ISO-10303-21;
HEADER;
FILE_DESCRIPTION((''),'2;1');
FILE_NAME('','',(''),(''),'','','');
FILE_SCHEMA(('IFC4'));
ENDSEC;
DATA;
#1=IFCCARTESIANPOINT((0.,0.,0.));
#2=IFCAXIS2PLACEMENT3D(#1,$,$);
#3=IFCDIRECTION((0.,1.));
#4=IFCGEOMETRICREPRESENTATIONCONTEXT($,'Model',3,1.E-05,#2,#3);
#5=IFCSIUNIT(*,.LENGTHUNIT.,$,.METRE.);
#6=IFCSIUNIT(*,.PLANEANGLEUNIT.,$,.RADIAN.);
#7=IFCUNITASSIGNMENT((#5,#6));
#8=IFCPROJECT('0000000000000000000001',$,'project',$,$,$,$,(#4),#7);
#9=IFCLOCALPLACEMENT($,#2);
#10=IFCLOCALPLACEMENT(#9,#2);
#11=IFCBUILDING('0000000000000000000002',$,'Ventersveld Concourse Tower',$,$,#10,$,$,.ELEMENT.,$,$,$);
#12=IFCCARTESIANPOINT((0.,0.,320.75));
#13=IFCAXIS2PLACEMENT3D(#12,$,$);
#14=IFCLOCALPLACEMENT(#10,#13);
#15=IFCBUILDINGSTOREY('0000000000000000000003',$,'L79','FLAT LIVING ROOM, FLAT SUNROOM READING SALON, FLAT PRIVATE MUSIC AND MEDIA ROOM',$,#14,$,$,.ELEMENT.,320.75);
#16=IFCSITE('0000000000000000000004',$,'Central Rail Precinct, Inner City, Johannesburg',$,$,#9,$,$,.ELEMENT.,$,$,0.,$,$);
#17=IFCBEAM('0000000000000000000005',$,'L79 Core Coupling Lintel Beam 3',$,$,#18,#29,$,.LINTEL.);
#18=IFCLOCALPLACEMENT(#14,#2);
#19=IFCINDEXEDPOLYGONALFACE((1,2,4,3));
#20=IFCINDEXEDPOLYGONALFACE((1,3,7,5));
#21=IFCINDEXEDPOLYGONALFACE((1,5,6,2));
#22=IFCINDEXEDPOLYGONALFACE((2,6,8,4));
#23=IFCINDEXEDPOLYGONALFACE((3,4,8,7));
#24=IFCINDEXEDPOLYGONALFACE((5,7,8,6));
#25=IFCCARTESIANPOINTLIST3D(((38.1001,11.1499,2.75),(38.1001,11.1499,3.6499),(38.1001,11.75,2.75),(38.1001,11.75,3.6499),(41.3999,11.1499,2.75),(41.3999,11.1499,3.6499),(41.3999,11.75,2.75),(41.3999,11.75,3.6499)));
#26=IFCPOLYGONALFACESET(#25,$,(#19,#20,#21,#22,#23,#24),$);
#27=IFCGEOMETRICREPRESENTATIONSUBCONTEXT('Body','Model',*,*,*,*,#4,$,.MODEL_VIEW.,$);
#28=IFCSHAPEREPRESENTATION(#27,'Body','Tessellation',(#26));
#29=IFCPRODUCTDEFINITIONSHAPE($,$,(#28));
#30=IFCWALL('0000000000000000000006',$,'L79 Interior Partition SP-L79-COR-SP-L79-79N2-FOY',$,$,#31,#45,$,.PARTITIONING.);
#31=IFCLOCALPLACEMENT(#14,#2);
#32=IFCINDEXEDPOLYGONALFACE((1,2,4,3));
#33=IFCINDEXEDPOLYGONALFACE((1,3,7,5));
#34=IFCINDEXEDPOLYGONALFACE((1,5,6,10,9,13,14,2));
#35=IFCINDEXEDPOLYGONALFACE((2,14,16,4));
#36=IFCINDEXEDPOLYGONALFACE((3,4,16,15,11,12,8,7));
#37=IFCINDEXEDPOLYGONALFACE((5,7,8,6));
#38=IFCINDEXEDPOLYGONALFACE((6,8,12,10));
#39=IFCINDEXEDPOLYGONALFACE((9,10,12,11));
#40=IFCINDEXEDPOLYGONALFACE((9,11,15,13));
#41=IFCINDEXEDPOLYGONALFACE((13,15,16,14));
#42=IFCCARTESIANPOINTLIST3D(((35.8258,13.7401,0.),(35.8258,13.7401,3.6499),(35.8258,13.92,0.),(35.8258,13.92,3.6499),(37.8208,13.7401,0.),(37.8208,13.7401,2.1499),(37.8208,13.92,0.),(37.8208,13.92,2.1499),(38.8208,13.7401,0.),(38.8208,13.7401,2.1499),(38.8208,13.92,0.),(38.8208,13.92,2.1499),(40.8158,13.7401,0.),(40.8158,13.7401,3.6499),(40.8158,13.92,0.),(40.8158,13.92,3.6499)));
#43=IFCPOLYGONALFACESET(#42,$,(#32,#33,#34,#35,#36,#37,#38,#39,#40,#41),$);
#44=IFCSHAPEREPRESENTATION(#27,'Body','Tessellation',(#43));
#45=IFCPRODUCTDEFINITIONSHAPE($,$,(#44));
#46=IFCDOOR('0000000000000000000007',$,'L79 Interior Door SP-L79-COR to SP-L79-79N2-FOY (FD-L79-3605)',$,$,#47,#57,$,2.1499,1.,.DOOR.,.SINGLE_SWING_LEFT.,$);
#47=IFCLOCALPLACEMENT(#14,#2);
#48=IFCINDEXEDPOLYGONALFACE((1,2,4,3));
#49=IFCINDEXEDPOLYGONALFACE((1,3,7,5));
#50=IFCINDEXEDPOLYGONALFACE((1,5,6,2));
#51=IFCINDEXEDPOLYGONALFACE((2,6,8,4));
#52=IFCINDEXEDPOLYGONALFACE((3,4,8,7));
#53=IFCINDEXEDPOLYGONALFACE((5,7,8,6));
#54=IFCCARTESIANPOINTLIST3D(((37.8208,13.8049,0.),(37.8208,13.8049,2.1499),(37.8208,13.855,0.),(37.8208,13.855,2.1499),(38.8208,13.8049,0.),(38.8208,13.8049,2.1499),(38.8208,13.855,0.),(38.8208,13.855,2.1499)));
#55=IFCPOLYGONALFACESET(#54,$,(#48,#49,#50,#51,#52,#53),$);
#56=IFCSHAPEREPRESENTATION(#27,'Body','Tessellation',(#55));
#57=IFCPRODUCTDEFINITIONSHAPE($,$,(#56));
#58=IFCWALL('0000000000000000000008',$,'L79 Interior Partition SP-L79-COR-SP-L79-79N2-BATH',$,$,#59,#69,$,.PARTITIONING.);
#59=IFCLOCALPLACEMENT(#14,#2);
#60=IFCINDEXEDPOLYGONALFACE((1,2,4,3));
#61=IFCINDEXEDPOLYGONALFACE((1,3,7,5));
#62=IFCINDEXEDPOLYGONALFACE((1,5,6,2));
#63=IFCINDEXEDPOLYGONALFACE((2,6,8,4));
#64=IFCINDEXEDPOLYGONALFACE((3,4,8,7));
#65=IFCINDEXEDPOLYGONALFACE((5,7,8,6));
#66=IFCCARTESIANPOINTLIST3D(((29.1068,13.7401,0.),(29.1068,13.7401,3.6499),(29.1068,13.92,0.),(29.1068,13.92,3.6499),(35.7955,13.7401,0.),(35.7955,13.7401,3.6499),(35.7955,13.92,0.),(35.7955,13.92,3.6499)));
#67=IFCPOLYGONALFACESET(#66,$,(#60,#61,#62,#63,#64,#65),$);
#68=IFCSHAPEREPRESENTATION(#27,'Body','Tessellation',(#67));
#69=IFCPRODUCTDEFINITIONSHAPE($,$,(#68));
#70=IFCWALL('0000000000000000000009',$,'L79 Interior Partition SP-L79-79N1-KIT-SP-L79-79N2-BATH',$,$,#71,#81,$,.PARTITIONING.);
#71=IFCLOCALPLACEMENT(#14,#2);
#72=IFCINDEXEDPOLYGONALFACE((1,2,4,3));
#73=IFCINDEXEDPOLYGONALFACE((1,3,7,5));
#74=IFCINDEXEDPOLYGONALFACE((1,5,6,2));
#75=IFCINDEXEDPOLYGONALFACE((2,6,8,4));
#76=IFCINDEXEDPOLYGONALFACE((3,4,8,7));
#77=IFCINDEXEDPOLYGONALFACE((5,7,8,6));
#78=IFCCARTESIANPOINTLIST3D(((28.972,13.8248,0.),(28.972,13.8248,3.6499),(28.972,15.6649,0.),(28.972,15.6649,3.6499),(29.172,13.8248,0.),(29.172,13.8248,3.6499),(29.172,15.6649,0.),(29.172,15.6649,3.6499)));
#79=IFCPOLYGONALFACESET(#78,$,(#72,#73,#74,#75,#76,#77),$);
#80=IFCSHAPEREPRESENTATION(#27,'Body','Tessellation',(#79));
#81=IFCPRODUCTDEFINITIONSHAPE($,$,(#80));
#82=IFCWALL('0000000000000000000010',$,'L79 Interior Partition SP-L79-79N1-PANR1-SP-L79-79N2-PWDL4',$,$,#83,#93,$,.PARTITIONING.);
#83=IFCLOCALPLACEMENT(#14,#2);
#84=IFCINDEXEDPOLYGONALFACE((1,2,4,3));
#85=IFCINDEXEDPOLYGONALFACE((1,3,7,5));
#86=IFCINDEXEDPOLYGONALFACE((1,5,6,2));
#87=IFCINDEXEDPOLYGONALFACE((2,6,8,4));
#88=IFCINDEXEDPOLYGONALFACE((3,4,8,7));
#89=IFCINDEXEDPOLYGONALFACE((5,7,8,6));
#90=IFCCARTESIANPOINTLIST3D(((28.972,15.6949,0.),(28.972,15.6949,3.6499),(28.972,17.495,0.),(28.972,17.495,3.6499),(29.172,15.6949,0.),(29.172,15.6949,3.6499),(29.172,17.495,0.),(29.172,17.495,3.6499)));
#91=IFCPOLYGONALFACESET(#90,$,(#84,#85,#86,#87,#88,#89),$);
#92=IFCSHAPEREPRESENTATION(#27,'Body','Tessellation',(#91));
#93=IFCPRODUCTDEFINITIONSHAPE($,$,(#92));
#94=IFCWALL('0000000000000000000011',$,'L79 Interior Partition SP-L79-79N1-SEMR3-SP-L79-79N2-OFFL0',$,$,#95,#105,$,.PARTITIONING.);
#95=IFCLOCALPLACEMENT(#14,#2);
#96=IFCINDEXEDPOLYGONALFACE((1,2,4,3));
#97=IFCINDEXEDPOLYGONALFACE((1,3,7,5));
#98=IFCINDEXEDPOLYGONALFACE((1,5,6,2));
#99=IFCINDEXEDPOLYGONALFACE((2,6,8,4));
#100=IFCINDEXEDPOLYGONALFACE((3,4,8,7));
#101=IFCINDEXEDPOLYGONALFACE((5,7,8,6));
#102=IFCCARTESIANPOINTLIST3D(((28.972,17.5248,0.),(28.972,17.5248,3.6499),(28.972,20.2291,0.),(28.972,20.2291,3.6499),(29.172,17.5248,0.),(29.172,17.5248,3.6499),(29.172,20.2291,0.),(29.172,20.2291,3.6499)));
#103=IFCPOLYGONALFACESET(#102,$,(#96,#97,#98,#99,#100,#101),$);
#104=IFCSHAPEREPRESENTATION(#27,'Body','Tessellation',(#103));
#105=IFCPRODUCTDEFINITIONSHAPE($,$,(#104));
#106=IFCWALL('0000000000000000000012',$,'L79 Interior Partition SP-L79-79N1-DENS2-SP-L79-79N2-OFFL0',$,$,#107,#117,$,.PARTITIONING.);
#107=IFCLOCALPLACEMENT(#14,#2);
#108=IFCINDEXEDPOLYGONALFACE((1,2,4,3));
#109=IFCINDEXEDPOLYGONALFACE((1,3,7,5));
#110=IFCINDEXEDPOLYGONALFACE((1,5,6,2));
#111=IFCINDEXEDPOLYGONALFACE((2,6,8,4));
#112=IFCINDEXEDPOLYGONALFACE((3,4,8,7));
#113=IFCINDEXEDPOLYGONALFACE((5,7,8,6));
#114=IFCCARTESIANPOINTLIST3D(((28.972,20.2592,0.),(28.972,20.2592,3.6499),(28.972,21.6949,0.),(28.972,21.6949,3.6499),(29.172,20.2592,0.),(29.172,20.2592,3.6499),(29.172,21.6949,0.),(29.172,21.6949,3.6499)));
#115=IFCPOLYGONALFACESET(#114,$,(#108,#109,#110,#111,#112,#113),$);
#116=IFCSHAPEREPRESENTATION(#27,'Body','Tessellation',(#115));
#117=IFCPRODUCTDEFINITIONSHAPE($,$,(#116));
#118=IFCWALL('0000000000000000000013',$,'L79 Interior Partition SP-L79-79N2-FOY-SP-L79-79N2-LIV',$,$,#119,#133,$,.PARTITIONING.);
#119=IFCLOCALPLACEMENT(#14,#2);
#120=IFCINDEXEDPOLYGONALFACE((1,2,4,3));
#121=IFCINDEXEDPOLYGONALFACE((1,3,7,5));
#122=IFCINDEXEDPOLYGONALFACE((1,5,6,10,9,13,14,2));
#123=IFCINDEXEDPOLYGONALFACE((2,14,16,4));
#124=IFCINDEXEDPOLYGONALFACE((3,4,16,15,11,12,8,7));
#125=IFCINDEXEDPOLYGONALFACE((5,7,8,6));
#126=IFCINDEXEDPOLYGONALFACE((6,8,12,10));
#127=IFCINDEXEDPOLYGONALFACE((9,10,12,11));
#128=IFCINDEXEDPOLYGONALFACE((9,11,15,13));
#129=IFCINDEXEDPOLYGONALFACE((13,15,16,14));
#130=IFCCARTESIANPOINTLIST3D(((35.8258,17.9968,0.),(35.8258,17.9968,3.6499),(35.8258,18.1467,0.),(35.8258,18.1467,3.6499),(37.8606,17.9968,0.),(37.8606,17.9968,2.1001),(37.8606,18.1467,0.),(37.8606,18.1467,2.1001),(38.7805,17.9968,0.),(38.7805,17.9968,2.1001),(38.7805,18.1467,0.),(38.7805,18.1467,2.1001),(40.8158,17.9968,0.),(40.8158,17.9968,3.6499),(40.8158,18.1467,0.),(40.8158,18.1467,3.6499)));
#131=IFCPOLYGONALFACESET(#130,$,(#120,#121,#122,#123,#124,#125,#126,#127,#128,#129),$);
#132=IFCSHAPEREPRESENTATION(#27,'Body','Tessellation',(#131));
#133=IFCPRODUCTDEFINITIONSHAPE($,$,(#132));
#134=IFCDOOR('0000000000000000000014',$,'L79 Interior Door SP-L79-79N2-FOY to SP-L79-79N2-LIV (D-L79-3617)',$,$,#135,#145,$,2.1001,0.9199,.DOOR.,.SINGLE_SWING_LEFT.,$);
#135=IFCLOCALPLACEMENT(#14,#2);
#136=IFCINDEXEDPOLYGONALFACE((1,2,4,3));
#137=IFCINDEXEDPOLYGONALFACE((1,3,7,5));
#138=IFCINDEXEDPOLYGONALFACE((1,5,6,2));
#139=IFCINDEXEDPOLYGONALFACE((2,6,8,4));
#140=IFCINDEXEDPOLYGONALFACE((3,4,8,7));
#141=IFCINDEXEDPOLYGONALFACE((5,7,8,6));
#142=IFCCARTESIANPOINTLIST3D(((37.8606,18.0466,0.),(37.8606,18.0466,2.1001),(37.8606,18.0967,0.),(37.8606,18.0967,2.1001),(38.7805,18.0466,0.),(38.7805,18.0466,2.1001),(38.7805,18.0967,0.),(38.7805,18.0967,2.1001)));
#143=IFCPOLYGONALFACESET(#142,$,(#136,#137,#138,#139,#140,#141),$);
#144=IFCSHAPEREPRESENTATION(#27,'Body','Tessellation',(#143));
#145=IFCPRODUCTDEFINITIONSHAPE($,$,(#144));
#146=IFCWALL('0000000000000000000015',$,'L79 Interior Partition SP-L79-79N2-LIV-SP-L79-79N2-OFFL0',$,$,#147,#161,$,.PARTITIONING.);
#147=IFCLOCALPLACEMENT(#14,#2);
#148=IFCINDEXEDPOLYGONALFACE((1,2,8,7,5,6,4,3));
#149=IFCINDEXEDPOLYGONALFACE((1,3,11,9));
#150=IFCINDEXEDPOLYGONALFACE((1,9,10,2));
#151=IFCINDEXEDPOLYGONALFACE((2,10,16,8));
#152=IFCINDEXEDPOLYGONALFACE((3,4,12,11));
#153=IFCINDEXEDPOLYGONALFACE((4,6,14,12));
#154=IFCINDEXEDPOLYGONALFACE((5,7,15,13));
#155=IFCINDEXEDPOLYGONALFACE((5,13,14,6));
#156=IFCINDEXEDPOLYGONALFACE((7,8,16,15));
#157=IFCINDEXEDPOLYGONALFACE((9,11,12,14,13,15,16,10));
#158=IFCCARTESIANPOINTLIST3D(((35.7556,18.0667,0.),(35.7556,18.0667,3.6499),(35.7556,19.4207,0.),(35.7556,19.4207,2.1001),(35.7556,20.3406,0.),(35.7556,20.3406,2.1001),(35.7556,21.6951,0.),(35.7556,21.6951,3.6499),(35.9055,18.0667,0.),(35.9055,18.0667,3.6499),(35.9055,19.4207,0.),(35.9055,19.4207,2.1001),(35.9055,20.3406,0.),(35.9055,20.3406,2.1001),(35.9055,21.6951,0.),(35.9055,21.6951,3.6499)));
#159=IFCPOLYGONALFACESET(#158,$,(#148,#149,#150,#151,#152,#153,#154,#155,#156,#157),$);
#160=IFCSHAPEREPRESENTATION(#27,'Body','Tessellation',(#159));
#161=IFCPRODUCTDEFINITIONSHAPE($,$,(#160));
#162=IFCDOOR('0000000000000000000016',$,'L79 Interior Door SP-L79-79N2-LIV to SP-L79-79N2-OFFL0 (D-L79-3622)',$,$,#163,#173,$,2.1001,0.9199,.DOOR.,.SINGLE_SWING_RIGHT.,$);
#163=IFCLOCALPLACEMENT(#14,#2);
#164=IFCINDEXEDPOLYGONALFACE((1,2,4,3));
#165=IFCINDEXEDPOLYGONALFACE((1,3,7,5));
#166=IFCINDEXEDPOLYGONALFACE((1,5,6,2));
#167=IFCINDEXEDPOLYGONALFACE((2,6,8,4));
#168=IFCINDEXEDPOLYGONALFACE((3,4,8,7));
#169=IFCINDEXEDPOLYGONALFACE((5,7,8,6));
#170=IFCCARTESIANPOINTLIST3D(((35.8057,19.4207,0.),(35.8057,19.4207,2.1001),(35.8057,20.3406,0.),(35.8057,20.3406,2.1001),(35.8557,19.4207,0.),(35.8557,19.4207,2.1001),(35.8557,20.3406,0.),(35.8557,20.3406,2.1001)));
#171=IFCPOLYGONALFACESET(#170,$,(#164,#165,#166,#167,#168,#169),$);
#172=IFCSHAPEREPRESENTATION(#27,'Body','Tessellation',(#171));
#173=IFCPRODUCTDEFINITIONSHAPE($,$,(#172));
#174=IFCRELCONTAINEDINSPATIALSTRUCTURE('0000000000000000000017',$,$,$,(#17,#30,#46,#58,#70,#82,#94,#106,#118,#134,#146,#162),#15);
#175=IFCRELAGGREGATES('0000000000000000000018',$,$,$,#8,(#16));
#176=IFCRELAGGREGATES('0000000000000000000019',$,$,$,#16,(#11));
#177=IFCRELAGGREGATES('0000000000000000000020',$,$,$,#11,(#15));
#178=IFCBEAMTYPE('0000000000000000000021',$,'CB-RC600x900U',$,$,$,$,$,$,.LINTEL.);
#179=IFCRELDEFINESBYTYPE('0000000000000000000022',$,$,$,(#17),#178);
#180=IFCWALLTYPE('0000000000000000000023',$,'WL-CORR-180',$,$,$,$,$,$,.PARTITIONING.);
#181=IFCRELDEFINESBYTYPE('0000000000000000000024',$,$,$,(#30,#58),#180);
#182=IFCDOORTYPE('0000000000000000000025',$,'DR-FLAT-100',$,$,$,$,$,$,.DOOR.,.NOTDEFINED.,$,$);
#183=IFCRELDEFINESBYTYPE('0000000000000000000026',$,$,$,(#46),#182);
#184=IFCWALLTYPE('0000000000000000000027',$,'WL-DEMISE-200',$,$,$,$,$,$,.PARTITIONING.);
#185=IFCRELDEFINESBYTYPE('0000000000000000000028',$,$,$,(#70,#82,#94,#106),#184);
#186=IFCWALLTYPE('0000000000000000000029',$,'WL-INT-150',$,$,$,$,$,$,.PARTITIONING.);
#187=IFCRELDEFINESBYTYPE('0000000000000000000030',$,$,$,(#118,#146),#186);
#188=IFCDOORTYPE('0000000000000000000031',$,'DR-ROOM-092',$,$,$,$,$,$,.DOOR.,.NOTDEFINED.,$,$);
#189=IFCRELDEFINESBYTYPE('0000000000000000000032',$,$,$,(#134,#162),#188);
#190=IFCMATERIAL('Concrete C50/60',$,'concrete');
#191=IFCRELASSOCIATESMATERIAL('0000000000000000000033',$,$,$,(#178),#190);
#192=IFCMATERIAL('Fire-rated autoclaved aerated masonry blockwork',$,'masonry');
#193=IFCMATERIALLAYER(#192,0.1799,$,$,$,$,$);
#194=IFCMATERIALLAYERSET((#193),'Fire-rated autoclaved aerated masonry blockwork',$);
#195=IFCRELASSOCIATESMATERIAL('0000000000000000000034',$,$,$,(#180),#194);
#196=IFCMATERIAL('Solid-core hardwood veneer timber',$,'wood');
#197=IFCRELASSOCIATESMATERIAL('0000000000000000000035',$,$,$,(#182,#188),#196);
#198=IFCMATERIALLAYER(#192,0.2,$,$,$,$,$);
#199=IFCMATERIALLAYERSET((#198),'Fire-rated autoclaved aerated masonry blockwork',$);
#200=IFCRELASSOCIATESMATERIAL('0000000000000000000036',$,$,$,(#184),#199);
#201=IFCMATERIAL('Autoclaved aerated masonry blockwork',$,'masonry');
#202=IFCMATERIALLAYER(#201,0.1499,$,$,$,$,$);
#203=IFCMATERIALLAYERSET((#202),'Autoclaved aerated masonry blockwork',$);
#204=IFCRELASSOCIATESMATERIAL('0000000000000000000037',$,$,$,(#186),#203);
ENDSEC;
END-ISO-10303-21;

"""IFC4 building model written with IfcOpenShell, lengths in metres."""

from ifc_helpers import new_model, si_unit, direction, frame, frame_2d, origin, origin_2d, place, context, subcontext, project, spatial, rectangle, extrude, material, layer, layer_set, material_profile, profile_set, type_object, element, fill, save


model = new_model("IFC4")

# Units and contexts
model_context = context("Model", 3, precision=1e-05, world=origin(), true_north=direction((0.0, 1.0)))
body_context = subcontext(model_context, "Body", "Model", "MODEL_VIEW")
ifc_project = project(units=[si_unit("LENGTHUNIT", "METRE"), si_unit("PLANEANGLEUNIT", "RADIAN")], contexts=[model_context])

# Site, building, storey
site_placement = place(None, origin())
site = spatial("IfcSite", under=ifc_project, at=site_placement, Name="Central Rail Precinct, Inner City, Johannesburg", CompositionType="ELEMENT", RefElevation=0.0)
building_placement = place(site_placement, origin())
building = spatial("IfcBuilding", under=site, at=building_placement, Name="Ventersveld Concourse Tower", CompositionType="ELEMENT")
storey_placement = place(building_placement, frame((0.0, 0.0, 320.75)))
storey = spatial("IfcBuildingStorey", under=building, at=storey_placement, Name="L79", Description="FLAT LIVING ROOM, FLAT SUNROOM READING SALON, FLAT PRIVATE MUSIC AND MEDIA ROOM", CompositionType="ELEMENT", Elevation=320.75)

# Beam
ifc_material_1 = material(Name="Concrete C50/60", Category="concrete")
ifc_material_profile = material_profile(ifc_material_1, rectangle(XDim=0.6001, YDim=0.8999, at=origin_2d()), Name="RC 600x900")
ifc_profile_set = profile_set([ifc_material_profile], Name="Concrete C50/60")
beam_type = type_object("IfcBeamType", Name="CB-RC600x900U", PredefinedType="LINTEL", material=ifc_profile_set)
beam_placement = place(storey_placement, frame((38.1001, 11.45, 3.2), z_axis=(1.0, 0.0, 0.0), x_axis=(0.0, 1.0, 0.0)))
element("IfcBeam", 1, at=beam_placement, inside=storey, type_object=beam_type, Name="L79 Core Coupling Lintel Beam 3", PredefinedType="LINTEL", context=body_context, shape_type="SweptSolid", body=[
    extrude(rectangle(XDim=0.6001, YDim=0.8999, at=origin_2d()), origin(), (0.0, 0.0, 1.0), 3.2998),
])

# Wall, opening, door
ifc_material_2 = material(Name="Fire-rated autoclaved aerated masonry blockwork", Category="masonry")
ifc_layer_1 = layer(ifc_material_2, 0.1799)
ifc_layer_set_1 = layer_set([ifc_layer_1], Name="Fire-rated autoclaved aerated masonry blockwork")
wall_type_1 = type_object("IfcWallType", Name="WL-CORR-180", PredefinedType="PARTITIONING", material=ifc_layer_set_1)
wall_1_placement = place(storey_placement, frame((35.8257, 13.8301, 0.0), z_axis=(0.0, 0.0, 1.0), x_axis=(1.0, 0.0, 0.0)))
wall_1 = element("IfcWall", 2, at=wall_1_placement, inside=storey, type_object=wall_type_1, Name="L79 Interior Partition SP-L79-COR-SP-L79-79N2-FOY", PredefinedType="PARTITIONING", context=body_context, shape_type="SweptSolid", body=[
    extrude(rectangle(XDim=4.99, YDim=0.1799, at=frame_2d((2.4951, 0.0))), origin(), (0.0, 0.0, 1.0), 3.6499),
])
opening_1_placement = place(wall_1_placement, frame((1.9951, 0.0, 0.0)))
opening_1 = element("IfcOpeningElement", 3, at=opening_1_placement, cuts=wall_1, PredefinedType="OPENING", context=body_context, shape_type="SweptSolid", body=[
    extrude(rectangle(XDim=1.0, YDim=2.1499, at=frame_2d((0.5, 1.075))), frame((0.0, 0.1001, 0.0), z_axis=(0.0, -1.0, 0.0), x_axis=(1.0, 0.0, 0.0)), (0.0, 0.0, 1.0), 0.2),
])
ifc_material_3 = material(Name="Solid-core hardwood veneer timber", Category="wood")
door_type_1 = type_object("IfcDoorType", Name="DR-FLAT-100", OperationType="NOTDEFINED", PredefinedType="DOOR", material=ifc_material_3)
door_1_placement = place(opening_1_placement, origin())
door_1 = element("IfcDoor", 4, at=door_1_placement, inside=storey, type_object=door_type_1, Name="L79 Interior Door SP-L79-COR to SP-L79-79N2-FOY (FD-L79-3605)", OperationType="SINGLE_SWING_LEFT", OverallHeight=2.1499, OverallWidth=1.0, PredefinedType="DOOR", context=body_context, shape_type="SweptSolid", body=[
    extrude(rectangle(XDim=1.0, YDim=2.1499, at=frame_2d((0.5, 1.075))), frame((0.0, 0.0249, 0.0), z_axis=(0.0, -1.0, 0.0), x_axis=(1.0, 0.0, 0.0)), (0.0, 0.0, 1.0), 0.05),
])
fill(opening_1, door_1)

# Walls
wall_2_placement = place(storey_placement, frame((29.1069, 13.8301, 0.0), z_axis=(0.0, 0.0, 1.0), x_axis=(1.0, 0.0, 0.0)))
element("IfcWall", 5, at=wall_2_placement, inside=storey, type_object=wall_type_1, Name="L79 Interior Partition SP-L79-COR-SP-L79-79N2-BATH", PredefinedType="PARTITIONING", context=body_context, shape_type="SweptSolid", body=[
    extrude(rectangle(XDim=6.6887, YDim=0.1799, at=frame_2d((3.3442, 0.0))), origin(), (0.0, 0.0, 1.0), 3.6499),
])
ifc_layer_2 = layer(ifc_material_2, 0.2)
ifc_layer_set_2 = layer_set([ifc_layer_2], Name="Fire-rated autoclaved aerated masonry blockwork")
wall_type_2 = type_object("IfcWallType", Name="WL-DEMISE-200", PredefinedType="PARTITIONING", material=ifc_layer_set_2)
wall_3_placement = place(storey_placement, frame((29.072, 13.825, 0.0), z_axis=(0.0, 0.0, 1.0), x_axis=(0.0, 1.0, 0.0)))
element("IfcWall", 6, at=wall_3_placement, inside=storey, type_object=wall_type_2, Name="L79 Interior Partition SP-L79-79N1-KIT-SP-L79-79N2-BATH", PredefinedType="PARTITIONING", context=body_context, shape_type="SweptSolid", body=[
    extrude(rectangle(XDim=1.8401, YDim=0.2, at=frame_2d((0.9199, 0.0))), origin(), (0.0, 0.0, 1.0), 3.6499),
])
wall_4_placement = place(storey_placement, frame((29.072, 15.6951, 0.0), z_axis=(0.0, 0.0, 1.0), x_axis=(0.0, 1.0, 0.0)))
element("IfcWall", 7, at=wall_4_placement, inside=storey, type_object=wall_type_2, Name="L79 Interior Partition SP-L79-79N1-PANR1-SP-L79-79N2-PWDL4", PredefinedType="PARTITIONING", context=body_context, shape_type="SweptSolid", body=[
    extrude(rectangle(XDim=1.8, YDim=0.2, at=frame_2d((0.8999, 0.0))), origin(), (0.0, 0.0, 1.0), 3.6499),
])
wall_5_placement = place(storey_placement, frame((29.072, 17.5249, 0.0), z_axis=(0.0, 0.0, 1.0), x_axis=(0.0, 1.0, 0.0)))
element("IfcWall", 8, at=wall_5_placement, inside=storey, type_object=wall_type_2, Name="L79 Interior Partition SP-L79-79N1-SEMR3-SP-L79-79N2-OFFL0", PredefinedType="PARTITIONING", context=body_context, shape_type="SweptSolid", body=[
    extrude(rectangle(XDim=2.7043, YDim=0.2, at=frame_2d((1.3521, 0.0))), origin(), (0.0, 0.0, 1.0), 3.6499),
])
wall_6_placement = place(storey_placement, frame((29.072, 20.2593, 0.0), z_axis=(0.0, 0.0, 1.0), x_axis=(0.0, 1.0, 0.0)))
element("IfcWall", 9, at=wall_6_placement, inside=storey, type_object=wall_type_2, Name="L79 Interior Partition SP-L79-79N1-DENS2-SP-L79-79N2-OFFL0", PredefinedType="PARTITIONING", context=body_context, shape_type="SweptSolid", body=[
    extrude(rectangle(XDim=1.4358, YDim=0.2, at=frame_2d((0.7178, 0.0))), origin(), (0.0, 0.0, 1.0), 3.6499),
])

# Walls, openings, doors
ifc_material_4 = material(Name="Autoclaved aerated masonry blockwork", Category="masonry")
ifc_layer_3 = layer(ifc_material_4, 0.1499)
ifc_layer_set_3 = layer_set([ifc_layer_3], Name="Autoclaved aerated masonry blockwork")
wall_type_3 = type_object("IfcWallType", Name="WL-INT-150", PredefinedType="PARTITIONING", material=ifc_layer_set_3)
wall_7_placement = place(storey_placement, frame((35.8257, 18.0718, 0.0), z_axis=(0.0, 0.0, 1.0), x_axis=(1.0, 0.0, 0.0)))
wall_7 = element("IfcWall", 10, at=wall_7_placement, inside=storey, type_object=wall_type_3, Name="L79 Interior Partition SP-L79-79N2-FOY-SP-L79-79N2-LIV", PredefinedType="PARTITIONING", context=body_context, shape_type="SweptSolid", body=[
    extrude(rectangle(XDim=4.99, YDim=0.1499, at=frame_2d((2.4951, 0.0))), origin(), (0.0, 0.0, 1.0), 3.6499),
])
opening_2_placement = place(wall_7_placement, frame((2.0349, 0.0, 0.0)))
opening_2 = element("IfcOpeningElement", 11, at=opening_2_placement, cuts=wall_7, PredefinedType="OPENING", context=body_context, shape_type="SweptSolid", body=[
    extrude(rectangle(XDim=0.9199, YDim=2.1001, at=frame_2d((0.46, 1.05))), frame((0.0, 0.085, 0.0), z_axis=(0.0, -1.0, 0.0), x_axis=(1.0, 0.0, 0.0)), (0.0, 0.0, 1.0), 0.1699),
])
door_type_2 = type_object("IfcDoorType", Name="DR-ROOM-092", OperationType="NOTDEFINED", PredefinedType="DOOR", material=ifc_material_3)
door_2_placement = place(opening_2_placement, origin())
door_2 = element("IfcDoor", 12, at=door_2_placement, inside=storey, type_object=door_type_2, Name="L79 Interior Door SP-L79-79N2-FOY to SP-L79-79N2-LIV (D-L79-3617)", OperationType="SINGLE_SWING_LEFT", OverallHeight=2.1001, OverallWidth=0.9199, PredefinedType="DOOR", context=body_context, shape_type="SweptSolid", body=[
    extrude(rectangle(XDim=0.9199, YDim=2.1001, at=frame_2d((0.46, 1.05))), frame((0.0, 0.0249, 0.0), z_axis=(0.0, -1.0, 0.0), x_axis=(1.0, 0.0, 0.0)), (0.0, 0.0, 1.0), 0.05),
])
fill(opening_2, door_2)
wall_8_placement = place(storey_placement, frame((35.8306, 18.0667, 0.0), z_axis=(0.0, 0.0, 1.0), x_axis=(0.0, 1.0, 0.0)))
wall_8 = element("IfcWall", 13, at=wall_8_placement, inside=storey, type_object=wall_type_3, Name="L79 Interior Partition SP-L79-79N2-LIV-SP-L79-79N2-OFFL0", PredefinedType="PARTITIONING", context=body_context, shape_type="SweptSolid", body=[
    extrude(rectangle(XDim=3.6284, YDim=0.1499, at=frame_2d((1.8142, 0.0))), origin(), (0.0, 0.0, 1.0), 3.6499),
])
opening_3_placement = place(wall_8_placement, frame((1.354, 0.0, 0.0)))
opening_3 = element("IfcOpeningElement", 14, at=opening_3_placement, cuts=wall_8, PredefinedType="OPENING", context=body_context, shape_type="SweptSolid", body=[
    extrude(rectangle(XDim=0.9199, YDim=2.1001, at=frame_2d((0.46, 1.05))), frame((0.0, 0.085, 0.0), z_axis=(0.0, -1.0, 0.0), x_axis=(1.0, 0.0, 0.0)), (0.0, 0.0, 1.0), 0.1699),
])
door_3_placement = place(opening_3_placement, origin())
door_3 = element("IfcDoor", 15, at=door_3_placement, inside=storey, type_object=door_type_2, Name="L79 Interior Door SP-L79-79N2-LIV to SP-L79-79N2-OFFL0 (D-L79-3622)", OperationType="SINGLE_SWING_RIGHT", OverallHeight=2.1001, OverallWidth=0.9199, PredefinedType="DOOR", context=body_context, shape_type="SweptSolid", body=[
    extrude(rectangle(XDim=0.9199, YDim=2.1001, at=frame_2d((0.46, 1.05))), frame((0.0, 0.0249, 0.0), z_axis=(0.0, -1.0, 0.0), x_axis=(1.0, 0.0, 0.0)), (0.0, 0.0, 1.0), 0.05),
])
fill(opening_3, door_3)

save(model, "model.ifc")
